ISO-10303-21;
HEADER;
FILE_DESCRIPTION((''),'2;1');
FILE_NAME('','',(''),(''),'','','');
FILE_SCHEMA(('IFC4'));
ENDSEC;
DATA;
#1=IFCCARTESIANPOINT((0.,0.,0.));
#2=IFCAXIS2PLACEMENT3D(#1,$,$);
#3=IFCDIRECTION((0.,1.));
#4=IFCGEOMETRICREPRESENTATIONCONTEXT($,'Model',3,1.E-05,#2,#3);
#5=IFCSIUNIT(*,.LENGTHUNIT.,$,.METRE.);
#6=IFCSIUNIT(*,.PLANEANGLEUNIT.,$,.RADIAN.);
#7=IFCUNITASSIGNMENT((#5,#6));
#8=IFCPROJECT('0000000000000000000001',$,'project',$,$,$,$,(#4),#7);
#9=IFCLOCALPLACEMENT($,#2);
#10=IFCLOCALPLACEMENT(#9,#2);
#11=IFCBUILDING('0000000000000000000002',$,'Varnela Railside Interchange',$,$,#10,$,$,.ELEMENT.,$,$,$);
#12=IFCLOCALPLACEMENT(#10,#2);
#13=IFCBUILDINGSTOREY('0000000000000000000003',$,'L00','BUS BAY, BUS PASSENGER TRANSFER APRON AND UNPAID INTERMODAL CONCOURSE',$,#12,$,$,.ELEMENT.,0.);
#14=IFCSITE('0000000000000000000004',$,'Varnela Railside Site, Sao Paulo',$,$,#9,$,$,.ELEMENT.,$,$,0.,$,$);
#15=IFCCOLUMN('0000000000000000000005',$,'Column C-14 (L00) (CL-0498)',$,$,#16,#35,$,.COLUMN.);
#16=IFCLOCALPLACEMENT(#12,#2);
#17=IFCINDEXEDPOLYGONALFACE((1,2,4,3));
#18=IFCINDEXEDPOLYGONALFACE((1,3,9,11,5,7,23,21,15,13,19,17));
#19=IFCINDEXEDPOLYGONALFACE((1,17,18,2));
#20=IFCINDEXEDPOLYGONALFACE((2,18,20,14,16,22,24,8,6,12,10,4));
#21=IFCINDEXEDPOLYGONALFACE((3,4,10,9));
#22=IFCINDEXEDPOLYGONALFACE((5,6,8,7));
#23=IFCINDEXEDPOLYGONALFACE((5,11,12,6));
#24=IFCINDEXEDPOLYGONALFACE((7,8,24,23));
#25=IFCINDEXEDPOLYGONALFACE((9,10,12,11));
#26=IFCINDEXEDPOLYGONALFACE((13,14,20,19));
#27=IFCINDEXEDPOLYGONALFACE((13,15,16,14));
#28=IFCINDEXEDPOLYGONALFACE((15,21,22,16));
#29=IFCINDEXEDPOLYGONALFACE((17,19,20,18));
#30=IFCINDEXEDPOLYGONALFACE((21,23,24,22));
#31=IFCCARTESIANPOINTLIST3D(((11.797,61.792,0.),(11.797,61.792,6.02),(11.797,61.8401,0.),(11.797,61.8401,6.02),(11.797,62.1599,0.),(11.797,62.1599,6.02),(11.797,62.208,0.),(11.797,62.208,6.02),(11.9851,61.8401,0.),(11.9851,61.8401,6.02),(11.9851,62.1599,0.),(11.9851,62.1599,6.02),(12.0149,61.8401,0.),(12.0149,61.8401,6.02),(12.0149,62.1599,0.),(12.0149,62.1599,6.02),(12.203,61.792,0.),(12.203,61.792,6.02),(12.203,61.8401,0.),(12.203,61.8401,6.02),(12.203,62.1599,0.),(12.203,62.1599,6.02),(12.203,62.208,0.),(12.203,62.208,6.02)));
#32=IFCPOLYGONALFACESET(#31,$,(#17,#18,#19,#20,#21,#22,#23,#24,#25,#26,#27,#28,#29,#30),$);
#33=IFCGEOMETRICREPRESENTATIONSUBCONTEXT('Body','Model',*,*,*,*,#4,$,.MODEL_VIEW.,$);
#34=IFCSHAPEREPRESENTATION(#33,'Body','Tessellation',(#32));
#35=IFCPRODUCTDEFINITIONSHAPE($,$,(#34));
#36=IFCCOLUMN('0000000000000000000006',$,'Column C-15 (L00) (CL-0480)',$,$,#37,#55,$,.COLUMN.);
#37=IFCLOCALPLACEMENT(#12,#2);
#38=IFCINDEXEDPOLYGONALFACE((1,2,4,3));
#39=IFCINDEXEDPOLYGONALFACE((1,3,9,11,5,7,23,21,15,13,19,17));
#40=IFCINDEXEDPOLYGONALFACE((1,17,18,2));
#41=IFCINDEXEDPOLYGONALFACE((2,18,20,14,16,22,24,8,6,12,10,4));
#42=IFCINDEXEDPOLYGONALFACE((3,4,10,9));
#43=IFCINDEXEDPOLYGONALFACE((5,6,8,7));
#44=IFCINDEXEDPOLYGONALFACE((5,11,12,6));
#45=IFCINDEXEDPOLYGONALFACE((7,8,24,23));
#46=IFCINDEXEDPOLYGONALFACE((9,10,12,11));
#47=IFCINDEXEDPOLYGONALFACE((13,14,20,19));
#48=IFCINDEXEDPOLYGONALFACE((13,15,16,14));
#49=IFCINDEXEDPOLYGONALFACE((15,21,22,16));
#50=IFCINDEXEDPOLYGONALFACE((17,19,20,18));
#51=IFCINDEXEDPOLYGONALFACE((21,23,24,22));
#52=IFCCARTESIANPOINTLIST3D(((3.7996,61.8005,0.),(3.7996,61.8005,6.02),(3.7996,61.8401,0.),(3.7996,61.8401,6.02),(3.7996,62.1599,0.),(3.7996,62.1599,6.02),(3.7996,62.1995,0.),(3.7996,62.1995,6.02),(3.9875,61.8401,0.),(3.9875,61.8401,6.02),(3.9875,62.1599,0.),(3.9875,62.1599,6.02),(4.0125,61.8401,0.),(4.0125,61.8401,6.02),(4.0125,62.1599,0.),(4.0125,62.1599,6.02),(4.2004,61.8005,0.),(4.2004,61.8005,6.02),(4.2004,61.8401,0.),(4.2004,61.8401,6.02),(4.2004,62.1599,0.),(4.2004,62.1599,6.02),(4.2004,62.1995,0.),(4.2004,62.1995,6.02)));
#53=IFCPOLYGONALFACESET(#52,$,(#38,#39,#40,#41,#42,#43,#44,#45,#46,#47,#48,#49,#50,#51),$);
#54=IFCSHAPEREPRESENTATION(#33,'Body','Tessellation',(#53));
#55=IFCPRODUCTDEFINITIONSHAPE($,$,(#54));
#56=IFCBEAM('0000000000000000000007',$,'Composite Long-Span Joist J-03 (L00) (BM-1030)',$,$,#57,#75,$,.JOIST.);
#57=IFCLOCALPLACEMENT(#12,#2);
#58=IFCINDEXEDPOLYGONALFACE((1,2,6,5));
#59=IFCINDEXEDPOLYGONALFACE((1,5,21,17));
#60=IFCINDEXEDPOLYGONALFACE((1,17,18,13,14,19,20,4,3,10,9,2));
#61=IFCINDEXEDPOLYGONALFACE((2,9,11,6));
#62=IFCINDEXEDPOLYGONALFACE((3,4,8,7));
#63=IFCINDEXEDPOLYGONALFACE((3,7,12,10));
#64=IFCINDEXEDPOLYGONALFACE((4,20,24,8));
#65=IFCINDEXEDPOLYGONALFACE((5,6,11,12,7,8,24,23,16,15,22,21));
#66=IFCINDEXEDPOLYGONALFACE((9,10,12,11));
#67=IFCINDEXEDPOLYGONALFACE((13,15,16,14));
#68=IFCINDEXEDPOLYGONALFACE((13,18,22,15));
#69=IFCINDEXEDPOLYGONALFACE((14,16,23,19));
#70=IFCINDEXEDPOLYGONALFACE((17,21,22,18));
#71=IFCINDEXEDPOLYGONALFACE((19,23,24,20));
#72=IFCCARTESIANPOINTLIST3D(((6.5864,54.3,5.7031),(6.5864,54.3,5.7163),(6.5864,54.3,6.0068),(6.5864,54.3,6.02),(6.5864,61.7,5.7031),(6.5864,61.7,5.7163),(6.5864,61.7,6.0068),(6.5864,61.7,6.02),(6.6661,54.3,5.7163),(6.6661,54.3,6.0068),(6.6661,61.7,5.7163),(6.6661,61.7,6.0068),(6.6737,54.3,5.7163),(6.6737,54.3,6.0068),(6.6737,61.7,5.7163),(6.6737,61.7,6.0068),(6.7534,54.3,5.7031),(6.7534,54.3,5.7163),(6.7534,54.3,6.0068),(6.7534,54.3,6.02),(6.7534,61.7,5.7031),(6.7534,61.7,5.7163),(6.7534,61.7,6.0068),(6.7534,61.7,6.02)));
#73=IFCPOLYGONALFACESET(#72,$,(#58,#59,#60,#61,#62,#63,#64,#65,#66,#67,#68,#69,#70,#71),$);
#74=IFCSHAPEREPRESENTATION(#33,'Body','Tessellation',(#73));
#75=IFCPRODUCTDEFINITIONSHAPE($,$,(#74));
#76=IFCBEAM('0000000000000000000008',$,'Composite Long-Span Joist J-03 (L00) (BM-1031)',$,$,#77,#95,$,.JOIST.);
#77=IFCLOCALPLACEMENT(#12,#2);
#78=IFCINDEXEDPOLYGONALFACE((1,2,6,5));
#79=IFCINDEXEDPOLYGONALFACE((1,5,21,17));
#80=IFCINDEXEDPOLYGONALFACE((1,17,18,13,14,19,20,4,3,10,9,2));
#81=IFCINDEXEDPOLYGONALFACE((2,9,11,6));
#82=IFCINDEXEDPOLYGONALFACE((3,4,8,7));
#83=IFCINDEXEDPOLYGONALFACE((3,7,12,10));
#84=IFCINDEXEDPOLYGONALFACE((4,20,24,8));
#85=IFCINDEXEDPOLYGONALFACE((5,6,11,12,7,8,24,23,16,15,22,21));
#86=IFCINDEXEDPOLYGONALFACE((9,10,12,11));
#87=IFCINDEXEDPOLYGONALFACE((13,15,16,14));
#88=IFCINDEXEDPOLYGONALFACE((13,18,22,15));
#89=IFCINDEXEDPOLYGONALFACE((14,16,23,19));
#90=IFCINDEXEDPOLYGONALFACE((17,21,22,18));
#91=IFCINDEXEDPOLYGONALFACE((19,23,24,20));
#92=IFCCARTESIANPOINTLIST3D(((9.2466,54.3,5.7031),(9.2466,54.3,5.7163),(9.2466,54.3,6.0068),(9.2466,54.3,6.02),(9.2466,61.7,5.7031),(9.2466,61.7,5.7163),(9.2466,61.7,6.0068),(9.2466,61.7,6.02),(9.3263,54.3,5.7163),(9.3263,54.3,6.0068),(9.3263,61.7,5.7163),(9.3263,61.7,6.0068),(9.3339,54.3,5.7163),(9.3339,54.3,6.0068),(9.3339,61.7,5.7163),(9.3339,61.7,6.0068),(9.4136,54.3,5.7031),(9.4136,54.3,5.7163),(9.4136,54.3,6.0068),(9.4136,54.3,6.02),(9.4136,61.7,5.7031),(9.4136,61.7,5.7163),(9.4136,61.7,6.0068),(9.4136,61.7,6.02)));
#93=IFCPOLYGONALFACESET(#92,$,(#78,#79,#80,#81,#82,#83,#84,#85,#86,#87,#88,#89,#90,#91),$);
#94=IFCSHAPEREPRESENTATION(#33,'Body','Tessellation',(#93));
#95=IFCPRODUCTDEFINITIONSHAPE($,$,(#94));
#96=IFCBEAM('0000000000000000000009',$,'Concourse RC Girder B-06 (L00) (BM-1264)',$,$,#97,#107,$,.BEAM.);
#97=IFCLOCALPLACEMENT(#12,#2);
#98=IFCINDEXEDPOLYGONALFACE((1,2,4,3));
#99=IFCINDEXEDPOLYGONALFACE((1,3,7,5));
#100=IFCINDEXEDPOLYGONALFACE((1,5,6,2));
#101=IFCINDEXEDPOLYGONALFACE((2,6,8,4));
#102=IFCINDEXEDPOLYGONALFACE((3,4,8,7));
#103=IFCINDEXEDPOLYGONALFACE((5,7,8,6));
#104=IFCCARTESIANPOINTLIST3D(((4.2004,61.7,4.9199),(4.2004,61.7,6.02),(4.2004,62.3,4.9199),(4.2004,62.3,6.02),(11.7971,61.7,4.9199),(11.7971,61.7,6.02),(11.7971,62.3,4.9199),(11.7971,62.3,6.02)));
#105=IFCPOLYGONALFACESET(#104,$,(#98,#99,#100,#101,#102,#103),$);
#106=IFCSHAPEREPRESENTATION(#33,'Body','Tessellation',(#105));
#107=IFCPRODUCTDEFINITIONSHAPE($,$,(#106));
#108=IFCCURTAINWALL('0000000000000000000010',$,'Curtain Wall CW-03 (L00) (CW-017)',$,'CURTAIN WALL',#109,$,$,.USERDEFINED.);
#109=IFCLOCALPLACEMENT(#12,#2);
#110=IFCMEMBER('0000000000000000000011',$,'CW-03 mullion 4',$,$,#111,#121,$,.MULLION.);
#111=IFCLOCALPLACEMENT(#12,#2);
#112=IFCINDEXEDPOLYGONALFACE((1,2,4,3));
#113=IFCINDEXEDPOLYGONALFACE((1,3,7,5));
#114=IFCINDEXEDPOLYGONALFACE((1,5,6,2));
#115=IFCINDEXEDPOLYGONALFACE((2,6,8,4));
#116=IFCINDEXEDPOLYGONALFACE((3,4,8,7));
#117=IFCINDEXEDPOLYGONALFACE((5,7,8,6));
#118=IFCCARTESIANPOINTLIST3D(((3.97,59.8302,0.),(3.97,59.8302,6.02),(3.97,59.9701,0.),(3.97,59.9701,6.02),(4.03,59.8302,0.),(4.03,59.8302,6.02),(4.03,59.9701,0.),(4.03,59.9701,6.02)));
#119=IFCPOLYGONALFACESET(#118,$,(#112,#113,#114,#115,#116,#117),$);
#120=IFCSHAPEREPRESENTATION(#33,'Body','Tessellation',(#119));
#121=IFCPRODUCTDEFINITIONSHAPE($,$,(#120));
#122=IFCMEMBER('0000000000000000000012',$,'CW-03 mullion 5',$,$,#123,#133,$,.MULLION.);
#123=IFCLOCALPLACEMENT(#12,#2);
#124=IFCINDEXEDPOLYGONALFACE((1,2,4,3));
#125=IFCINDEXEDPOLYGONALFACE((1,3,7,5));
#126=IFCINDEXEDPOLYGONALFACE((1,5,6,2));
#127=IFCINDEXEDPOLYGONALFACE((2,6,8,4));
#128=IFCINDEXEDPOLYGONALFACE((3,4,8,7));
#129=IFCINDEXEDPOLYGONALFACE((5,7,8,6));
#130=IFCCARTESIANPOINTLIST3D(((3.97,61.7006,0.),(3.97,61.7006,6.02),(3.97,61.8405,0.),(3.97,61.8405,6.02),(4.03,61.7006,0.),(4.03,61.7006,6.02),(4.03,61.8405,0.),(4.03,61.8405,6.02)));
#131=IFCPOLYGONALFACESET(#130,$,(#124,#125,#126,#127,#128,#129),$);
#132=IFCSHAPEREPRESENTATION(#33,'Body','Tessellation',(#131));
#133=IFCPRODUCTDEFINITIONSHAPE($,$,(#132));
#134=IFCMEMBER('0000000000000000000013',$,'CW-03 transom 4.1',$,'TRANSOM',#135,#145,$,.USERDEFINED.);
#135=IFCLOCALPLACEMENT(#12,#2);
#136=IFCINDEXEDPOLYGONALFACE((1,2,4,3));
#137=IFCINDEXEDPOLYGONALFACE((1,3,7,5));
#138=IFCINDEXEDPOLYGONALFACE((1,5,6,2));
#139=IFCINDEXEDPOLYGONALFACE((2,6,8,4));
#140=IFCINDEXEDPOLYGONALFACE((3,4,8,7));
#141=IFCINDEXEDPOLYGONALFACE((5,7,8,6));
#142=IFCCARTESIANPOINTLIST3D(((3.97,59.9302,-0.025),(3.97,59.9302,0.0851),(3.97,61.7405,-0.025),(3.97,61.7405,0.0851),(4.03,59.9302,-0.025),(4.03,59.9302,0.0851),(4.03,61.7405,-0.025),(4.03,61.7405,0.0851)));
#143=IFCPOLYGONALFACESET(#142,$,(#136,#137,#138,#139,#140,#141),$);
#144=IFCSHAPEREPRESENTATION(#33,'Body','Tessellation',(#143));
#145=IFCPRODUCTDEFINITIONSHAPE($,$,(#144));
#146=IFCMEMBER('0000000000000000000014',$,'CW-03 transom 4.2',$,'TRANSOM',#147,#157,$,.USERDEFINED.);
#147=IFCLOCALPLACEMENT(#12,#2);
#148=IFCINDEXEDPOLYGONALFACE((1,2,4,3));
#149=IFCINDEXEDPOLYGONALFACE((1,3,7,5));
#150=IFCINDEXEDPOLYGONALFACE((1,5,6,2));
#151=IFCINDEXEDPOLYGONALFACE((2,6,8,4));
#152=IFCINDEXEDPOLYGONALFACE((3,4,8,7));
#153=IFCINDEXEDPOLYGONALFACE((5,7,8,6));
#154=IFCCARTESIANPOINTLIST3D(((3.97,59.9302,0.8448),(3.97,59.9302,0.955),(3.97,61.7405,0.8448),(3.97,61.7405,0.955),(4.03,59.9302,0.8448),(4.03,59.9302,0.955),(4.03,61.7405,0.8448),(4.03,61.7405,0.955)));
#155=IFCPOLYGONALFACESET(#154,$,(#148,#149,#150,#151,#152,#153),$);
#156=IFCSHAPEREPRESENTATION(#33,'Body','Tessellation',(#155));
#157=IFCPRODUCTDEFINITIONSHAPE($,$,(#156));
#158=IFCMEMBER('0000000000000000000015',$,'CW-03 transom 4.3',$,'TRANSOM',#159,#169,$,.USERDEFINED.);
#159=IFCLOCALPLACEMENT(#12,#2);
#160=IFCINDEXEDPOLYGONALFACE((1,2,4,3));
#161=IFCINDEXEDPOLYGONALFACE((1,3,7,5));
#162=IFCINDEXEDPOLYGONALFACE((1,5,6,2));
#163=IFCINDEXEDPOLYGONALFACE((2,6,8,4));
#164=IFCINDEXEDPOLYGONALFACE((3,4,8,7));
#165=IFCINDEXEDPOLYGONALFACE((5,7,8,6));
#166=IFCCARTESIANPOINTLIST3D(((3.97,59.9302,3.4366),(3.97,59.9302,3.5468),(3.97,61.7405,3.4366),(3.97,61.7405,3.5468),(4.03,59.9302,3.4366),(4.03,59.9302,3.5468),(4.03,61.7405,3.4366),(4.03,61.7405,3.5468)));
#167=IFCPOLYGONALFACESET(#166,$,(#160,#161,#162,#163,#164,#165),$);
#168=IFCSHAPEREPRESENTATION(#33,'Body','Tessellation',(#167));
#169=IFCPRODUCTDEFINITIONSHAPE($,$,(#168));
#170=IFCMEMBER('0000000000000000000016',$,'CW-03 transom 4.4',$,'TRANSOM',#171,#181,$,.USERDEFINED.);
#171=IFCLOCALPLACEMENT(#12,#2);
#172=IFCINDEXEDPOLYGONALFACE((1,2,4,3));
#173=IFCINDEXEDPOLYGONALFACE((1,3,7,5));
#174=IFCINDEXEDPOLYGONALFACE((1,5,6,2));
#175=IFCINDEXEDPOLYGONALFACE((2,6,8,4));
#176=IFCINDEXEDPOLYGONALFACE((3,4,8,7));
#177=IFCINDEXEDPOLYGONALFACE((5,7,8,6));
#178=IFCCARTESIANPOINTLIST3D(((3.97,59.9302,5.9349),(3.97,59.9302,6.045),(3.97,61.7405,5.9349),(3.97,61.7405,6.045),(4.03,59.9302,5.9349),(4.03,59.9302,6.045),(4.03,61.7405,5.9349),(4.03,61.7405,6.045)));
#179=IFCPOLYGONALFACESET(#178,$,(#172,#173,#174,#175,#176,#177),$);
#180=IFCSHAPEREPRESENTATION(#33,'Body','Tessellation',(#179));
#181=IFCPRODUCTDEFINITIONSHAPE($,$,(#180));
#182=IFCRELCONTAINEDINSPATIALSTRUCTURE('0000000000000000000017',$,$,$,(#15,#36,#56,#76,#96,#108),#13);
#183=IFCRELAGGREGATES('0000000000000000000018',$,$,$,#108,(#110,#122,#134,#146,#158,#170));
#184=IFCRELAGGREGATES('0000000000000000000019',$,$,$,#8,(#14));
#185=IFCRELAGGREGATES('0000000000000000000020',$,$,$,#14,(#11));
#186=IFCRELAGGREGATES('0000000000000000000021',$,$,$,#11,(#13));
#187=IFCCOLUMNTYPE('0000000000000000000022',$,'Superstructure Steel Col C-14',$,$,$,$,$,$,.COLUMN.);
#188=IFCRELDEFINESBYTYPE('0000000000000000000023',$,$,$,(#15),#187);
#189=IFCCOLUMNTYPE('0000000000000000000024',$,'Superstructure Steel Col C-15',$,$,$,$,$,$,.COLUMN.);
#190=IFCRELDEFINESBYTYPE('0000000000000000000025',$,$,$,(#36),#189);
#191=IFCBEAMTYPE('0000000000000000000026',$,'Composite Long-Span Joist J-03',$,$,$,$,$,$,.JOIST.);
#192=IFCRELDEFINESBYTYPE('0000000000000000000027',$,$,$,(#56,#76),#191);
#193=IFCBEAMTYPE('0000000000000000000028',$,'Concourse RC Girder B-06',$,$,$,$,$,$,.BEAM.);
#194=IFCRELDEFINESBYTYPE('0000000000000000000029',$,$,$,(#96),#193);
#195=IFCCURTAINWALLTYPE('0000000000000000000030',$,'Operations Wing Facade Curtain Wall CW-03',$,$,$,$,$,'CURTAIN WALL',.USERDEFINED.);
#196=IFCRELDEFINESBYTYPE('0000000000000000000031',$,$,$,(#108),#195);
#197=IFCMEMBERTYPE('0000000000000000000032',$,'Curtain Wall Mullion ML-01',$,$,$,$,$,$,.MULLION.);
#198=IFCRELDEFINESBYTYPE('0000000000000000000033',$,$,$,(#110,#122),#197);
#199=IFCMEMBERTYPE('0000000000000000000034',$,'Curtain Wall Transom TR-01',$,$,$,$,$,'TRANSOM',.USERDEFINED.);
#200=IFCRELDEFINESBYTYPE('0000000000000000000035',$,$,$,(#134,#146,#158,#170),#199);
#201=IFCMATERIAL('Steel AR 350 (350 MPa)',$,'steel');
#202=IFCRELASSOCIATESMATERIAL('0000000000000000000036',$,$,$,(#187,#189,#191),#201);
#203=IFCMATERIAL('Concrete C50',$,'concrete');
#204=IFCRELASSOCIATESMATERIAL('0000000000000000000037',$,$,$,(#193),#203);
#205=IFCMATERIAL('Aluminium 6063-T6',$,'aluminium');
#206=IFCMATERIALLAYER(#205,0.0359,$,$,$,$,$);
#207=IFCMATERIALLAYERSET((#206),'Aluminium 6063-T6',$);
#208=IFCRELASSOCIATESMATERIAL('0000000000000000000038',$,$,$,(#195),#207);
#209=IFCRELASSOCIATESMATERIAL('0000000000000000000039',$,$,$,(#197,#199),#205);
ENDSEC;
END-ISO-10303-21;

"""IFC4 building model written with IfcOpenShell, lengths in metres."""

from ifc_helpers import new_model, si_unit, direction, frame, origin, origin_2d, place, context, subcontext, project, spatial, rectangle, i_section, extrude, material, layer, layer_set, material_profile, profile_set, type_object, element, aggregate, save


model = new_model("IFC4")

# Units and contexts
model_context = context("Model", 3, precision=1e-05, world=origin(), true_north=direction((0.0, 1.0)))
body_context = subcontext(model_context, "Body", "Model", "MODEL_VIEW")
ifc_project = project(units=[si_unit("LENGTHUNIT", "METRE"), si_unit("PLANEANGLEUNIT", "RADIAN")], contexts=[model_context])

# Site, building, storey
site_placement = place(None, origin())
site = spatial("IfcSite", under=ifc_project, at=site_placement, Name="Varnela Railside Site, Sao Paulo", CompositionType="ELEMENT", RefElevation=0.0)
building_placement = place(site_placement, origin())
building = spatial("IfcBuilding", under=site, at=building_placement, Name="Varnela Railside Interchange", CompositionType="ELEMENT")
storey_placement = place(building_placement, origin())
storey = spatial("IfcBuildingStorey", under=building, at=storey_placement, Name="L00", Description="BUS BAY, BUS PASSENGER TRANSFER APRON AND UNPAID INTERMODAL CONCOURSE", CompositionType="ELEMENT", Elevation=0.0)

# Columns
ifc_material_1 = material(Name="Steel AR 350 (350 MPa)", Category="steel")
ifc_material_profile_1 = material_profile(ifc_material_1, i_section(OverallWidth=0.406, OverallDepth=0.416, WebThickness=0.0298, FlangeThickness=0.0481, at=origin_2d()), Name="W360x382")
ifc_profile_set_1 = profile_set([ifc_material_profile_1], Name="Steel AR 350 (350 MPa)")
column_type_1 = type_object("IfcColumnType", Name="Superstructure Steel Col C-14", PredefinedType="COLUMN", material=ifc_profile_set_1)
column_1_placement = place(storey_placement, frame((12.0, 62.0, 0.0), z_axis=(0.0, 0.0, 1.0), x_axis=(1.0, 0.0, 0.0)))
element("IfcColumn", 1, at=column_1_placement, inside=storey, type_object=column_type_1, Name="Column C-14 (L00) (CL-0498)", PredefinedType="COLUMN", context=body_context, shape_type="SweptSolid", body=[
    extrude(i_section(OverallWidth=0.406, OverallDepth=0.416, WebThickness=0.0298, FlangeThickness=0.0481, at=origin_2d()), origin(), (0.0, 0.0, 1.0), 6.02),
])
ifc_material_profile_2 = material_profile(ifc_material_1, i_section(OverallWidth=0.4009, OverallDepth=0.3989, WebThickness=0.0249, FlangeThickness=0.0396, at=origin_2d()), Name="W360x314")
ifc_profile_set_2 = profile_set([ifc_material_profile_2], Name="Steel AR 350 (350 MPa)")
column_type_2 = type_object("IfcColumnType", Name="Superstructure Steel Col C-15", PredefinedType="COLUMN", material=ifc_profile_set_2)
column_2_placement = place(storey_placement, frame((4.0, 62.0, 0.0), z_axis=(0.0, 0.0, 1.0), x_axis=(1.0, 0.0, 0.0)))
element("IfcColumn", 2, at=column_2_placement, inside=storey, type_object=column_type_2, Name="Column C-15 (L00) (CL-0480)", PredefinedType="COLUMN", context=body_context, shape_type="SweptSolid", body=[
    extrude(i_section(OverallWidth=0.4009, OverallDepth=0.3989, WebThickness=0.0249, FlangeThickness=0.0396, at=origin_2d()), origin(), (0.0, 0.0, 1.0), 6.02),
])

# Beams
ifc_material_profile_3 = material_profile(ifc_material_1, i_section(OverallWidth=0.167, OverallDepth=0.3169, WebThickness=0.0076, FlangeThickness=0.0132, at=origin_2d()), Name="W310x52")
ifc_profile_set_3 = profile_set([ifc_material_profile_3], Name="Steel AR 350 (350 MPa)")
beam_type_1 = type_object("IfcBeamType", Name="Composite Long-Span Joist J-03", PredefinedType="JOIST", material=ifc_profile_set_3)
for number, where, z_axis, x_axis, name in (
    (3, (6.6699, 54.3, 5.8616), (0.0, 1.0, 0.0), (-1.0, 0.0, 0.0), "Composite Long-Span Joist J-03 (L00) (BM-1030)"),
    (4, (9.3301, 54.3, 5.8616), (0.0, 1.0, 0.0), (-1.0, 0.0, 0.0), "Composite Long-Span Joist J-03 (L00) (BM-1031)"),
):
    element("IfcBeam", number, at=place(storey_placement, frame(where, z_axis=z_axis, x_axis=x_axis)), inside=storey, type_object=beam_type_1, Name=name, PredefinedType="JOIST", context=body_context, shape_type="SweptSolid", body=[
        extrude(i_section(OverallWidth=0.167, OverallDepth=0.3169, WebThickness=0.0076, FlangeThickness=0.0132, at=origin_2d()), origin(), (0.0, 0.0, 1.0), 7.3999),
    ])
ifc_material_2 = material(Name="Concrete C50", Category="concrete")
ifc_material_profile_4 = material_profile(ifc_material_2, rectangle(XDim=0.6001, YDim=1.1001, at=origin_2d()), Name="RC 600x1100")
ifc_profile_set_4 = profile_set([ifc_material_profile_4], Name="Concrete C50")
beam_type_2 = type_object("IfcBeamType", Name="Concourse RC Girder B-06", PredefinedType="BEAM", material=ifc_profile_set_4)
beam_placement = place(storey_placement, frame((4.2004, 62.0, 5.47), z_axis=(1.0, 0.0, 0.0), x_axis=(0.0, 1.0, 0.0)))
element("IfcBeam", 5, at=beam_placement, inside=storey, type_object=beam_type_2, Name="Concourse RC Girder B-06 (L00) (BM-1264)", PredefinedType="BEAM", context=body_context, shape_type="SweptSolid", body=[
    extrude(rectangle(XDim=0.6001, YDim=1.1001, at=origin_2d()), origin(), (0.0, 0.0, 1.0), 7.5967),
])

# Curtain wall, members
ifc_material_3 = material(Name="Aluminium 6063-T6", Category="aluminium")
ifc_layer_1 = layer(ifc_material_3, 0.0359)
ifc_layer_set_1 = layer_set([ifc_layer_1], Name="Aluminium 6063-T6")
curtain_wall_type = type_object("IfcCurtainWallType", Name="Operations Wing Facade Curtain Wall CW-03", ElementType="CURTAIN WALL", PredefinedType="USERDEFINED", material=ifc_layer_set_1)
curtain_wall_placement = place(storey_placement, origin())
curtain_wall = element("IfcCurtainWall", 6, at=curtain_wall_placement, inside=storey, type_object=curtain_wall_type, Name="Curtain Wall CW-03 (L00) (CW-017)", ObjectType="CURTAIN WALL", PredefinedType="USERDEFINED")
ifc_material_profile_5 = material_profile(ifc_material_3, rectangle(XDim=0.0601, YDim=0.1399, at=origin_2d()), Name="ALU 60x140")
ifc_profile_set_5 = profile_set([ifc_material_profile_5], Name="Aluminium 6063-T6")
member_type_1 = type_object("IfcMemberType", Name="Curtain Wall Mullion ML-01", PredefinedType="MULLION", material=ifc_profile_set_5)
member_1_placement = place(storey_placement, frame((4.0, 59.9001, 0.0), z_axis=(0.0, 0.0, 1.0), x_axis=(-1.0, 0.0, 0.0)))
member_1 = element("IfcMember", 7, at=member_1_placement, type_object=member_type_1, Name="CW-03 mullion 4", PredefinedType="MULLION", context=body_context, shape_type="SweptSolid", body=[
    extrude(rectangle(XDim=0.0601, YDim=0.1399, at=origin_2d()), origin(), (0.0, 0.0, 1.0), 6.02),
])
member_2_placement = place(storey_placement, frame((4.0, 61.7705, 0.0), z_axis=(0.0, 0.0, 1.0), x_axis=(-1.0, 0.0, 0.0)))
member_2 = element("IfcMember", 8, at=member_2_placement, type_object=member_type_1, Name="CW-03 mullion 5", PredefinedType="MULLION", context=body_context, shape_type="SweptSolid", body=[
    extrude(rectangle(XDim=0.0601, YDim=0.1399, at=origin_2d()), origin(), (0.0, 0.0, 1.0), 6.02),
])
ifc_material_profile_6 = material_profile(ifc_material_3, rectangle(XDim=0.0601, YDim=0.1101, at=origin_2d()), Name="ALU 60x110")
ifc_profile_set_6 = profile_set([ifc_material_profile_6], Name="Aluminium 6063-T6")
member_type_2 = type_object("IfcMemberType", Name="Curtain Wall Transom TR-01", ElementType="TRANSOM", PredefinedType="USERDEFINED", material=ifc_profile_set_6)
member_3_placement = place(storey_placement, frame((4.0, 59.9302, 0.03), z_axis=(0.0, 1.0, 0.0), x_axis=(-1.0, 0.0, 0.0)))
member_3 = element("IfcMember", 9, at=member_3_placement, type_object=member_type_2, Name="CW-03 transom 4.1", ObjectType="TRANSOM", PredefinedType="USERDEFINED", context=body_context, shape_type="SweptSolid", body=[
    extrude(rectangle(XDim=0.0601, YDim=0.1101, at=origin_2d()), origin(), (0.0, 0.0, 1.0), 1.8103),
])
member_4_placement = place(storey_placement, frame((4.0, 59.9302, 0.8999), z_axis=(0.0, 1.0, 0.0), x_axis=(-1.0, 0.0, 0.0)))
member_4 = element("IfcMember", 10, at=member_4_placement, type_object=member_type_2, Name="CW-03 transom 4.2", ObjectType="TRANSOM", PredefinedType="USERDEFINED", context=body_context, shape_type="SweptSolid", body=[
    extrude(rectangle(XDim=0.0601, YDim=0.1101, at=origin_2d()), origin(), (0.0, 0.0, 1.0), 1.8103),
])
member_5_placement = place(storey_placement, frame((4.0, 59.9302, 3.4917), z_axis=(0.0, 1.0, 0.0), x_axis=(-1.0, 0.0, 0.0)))
member_5 = element("IfcMember", 11, at=member_5_placement, type_object=member_type_2, Name="CW-03 transom 4.3", ObjectType="TRANSOM", PredefinedType="USERDEFINED", context=body_context, shape_type="SweptSolid", body=[
    extrude(rectangle(XDim=0.0601, YDim=0.1101, at=origin_2d()), origin(), (0.0, 0.0, 1.0), 1.8103),
])
member_6_placement = place(storey_placement, frame((4.0, 59.9302, 5.99), z_axis=(0.0, 1.0, 0.0), x_axis=(-1.0, 0.0, 0.0)))
member_6 = element("IfcMember", 12, at=member_6_placement, type_object=member_type_2, Name="CW-03 transom 4.4", ObjectType="TRANSOM", PredefinedType="USERDEFINED", context=body_context, shape_type="SweptSolid", body=[
    extrude(rectangle(XDim=0.0601, YDim=0.1101, at=origin_2d()), origin(), (0.0, 0.0, 1.0), 1.8103),
])
aggregate(curtain_wall, [member_1, member_2, member_3, member_4, member_5, member_6])

save(model, "model.ifc")
